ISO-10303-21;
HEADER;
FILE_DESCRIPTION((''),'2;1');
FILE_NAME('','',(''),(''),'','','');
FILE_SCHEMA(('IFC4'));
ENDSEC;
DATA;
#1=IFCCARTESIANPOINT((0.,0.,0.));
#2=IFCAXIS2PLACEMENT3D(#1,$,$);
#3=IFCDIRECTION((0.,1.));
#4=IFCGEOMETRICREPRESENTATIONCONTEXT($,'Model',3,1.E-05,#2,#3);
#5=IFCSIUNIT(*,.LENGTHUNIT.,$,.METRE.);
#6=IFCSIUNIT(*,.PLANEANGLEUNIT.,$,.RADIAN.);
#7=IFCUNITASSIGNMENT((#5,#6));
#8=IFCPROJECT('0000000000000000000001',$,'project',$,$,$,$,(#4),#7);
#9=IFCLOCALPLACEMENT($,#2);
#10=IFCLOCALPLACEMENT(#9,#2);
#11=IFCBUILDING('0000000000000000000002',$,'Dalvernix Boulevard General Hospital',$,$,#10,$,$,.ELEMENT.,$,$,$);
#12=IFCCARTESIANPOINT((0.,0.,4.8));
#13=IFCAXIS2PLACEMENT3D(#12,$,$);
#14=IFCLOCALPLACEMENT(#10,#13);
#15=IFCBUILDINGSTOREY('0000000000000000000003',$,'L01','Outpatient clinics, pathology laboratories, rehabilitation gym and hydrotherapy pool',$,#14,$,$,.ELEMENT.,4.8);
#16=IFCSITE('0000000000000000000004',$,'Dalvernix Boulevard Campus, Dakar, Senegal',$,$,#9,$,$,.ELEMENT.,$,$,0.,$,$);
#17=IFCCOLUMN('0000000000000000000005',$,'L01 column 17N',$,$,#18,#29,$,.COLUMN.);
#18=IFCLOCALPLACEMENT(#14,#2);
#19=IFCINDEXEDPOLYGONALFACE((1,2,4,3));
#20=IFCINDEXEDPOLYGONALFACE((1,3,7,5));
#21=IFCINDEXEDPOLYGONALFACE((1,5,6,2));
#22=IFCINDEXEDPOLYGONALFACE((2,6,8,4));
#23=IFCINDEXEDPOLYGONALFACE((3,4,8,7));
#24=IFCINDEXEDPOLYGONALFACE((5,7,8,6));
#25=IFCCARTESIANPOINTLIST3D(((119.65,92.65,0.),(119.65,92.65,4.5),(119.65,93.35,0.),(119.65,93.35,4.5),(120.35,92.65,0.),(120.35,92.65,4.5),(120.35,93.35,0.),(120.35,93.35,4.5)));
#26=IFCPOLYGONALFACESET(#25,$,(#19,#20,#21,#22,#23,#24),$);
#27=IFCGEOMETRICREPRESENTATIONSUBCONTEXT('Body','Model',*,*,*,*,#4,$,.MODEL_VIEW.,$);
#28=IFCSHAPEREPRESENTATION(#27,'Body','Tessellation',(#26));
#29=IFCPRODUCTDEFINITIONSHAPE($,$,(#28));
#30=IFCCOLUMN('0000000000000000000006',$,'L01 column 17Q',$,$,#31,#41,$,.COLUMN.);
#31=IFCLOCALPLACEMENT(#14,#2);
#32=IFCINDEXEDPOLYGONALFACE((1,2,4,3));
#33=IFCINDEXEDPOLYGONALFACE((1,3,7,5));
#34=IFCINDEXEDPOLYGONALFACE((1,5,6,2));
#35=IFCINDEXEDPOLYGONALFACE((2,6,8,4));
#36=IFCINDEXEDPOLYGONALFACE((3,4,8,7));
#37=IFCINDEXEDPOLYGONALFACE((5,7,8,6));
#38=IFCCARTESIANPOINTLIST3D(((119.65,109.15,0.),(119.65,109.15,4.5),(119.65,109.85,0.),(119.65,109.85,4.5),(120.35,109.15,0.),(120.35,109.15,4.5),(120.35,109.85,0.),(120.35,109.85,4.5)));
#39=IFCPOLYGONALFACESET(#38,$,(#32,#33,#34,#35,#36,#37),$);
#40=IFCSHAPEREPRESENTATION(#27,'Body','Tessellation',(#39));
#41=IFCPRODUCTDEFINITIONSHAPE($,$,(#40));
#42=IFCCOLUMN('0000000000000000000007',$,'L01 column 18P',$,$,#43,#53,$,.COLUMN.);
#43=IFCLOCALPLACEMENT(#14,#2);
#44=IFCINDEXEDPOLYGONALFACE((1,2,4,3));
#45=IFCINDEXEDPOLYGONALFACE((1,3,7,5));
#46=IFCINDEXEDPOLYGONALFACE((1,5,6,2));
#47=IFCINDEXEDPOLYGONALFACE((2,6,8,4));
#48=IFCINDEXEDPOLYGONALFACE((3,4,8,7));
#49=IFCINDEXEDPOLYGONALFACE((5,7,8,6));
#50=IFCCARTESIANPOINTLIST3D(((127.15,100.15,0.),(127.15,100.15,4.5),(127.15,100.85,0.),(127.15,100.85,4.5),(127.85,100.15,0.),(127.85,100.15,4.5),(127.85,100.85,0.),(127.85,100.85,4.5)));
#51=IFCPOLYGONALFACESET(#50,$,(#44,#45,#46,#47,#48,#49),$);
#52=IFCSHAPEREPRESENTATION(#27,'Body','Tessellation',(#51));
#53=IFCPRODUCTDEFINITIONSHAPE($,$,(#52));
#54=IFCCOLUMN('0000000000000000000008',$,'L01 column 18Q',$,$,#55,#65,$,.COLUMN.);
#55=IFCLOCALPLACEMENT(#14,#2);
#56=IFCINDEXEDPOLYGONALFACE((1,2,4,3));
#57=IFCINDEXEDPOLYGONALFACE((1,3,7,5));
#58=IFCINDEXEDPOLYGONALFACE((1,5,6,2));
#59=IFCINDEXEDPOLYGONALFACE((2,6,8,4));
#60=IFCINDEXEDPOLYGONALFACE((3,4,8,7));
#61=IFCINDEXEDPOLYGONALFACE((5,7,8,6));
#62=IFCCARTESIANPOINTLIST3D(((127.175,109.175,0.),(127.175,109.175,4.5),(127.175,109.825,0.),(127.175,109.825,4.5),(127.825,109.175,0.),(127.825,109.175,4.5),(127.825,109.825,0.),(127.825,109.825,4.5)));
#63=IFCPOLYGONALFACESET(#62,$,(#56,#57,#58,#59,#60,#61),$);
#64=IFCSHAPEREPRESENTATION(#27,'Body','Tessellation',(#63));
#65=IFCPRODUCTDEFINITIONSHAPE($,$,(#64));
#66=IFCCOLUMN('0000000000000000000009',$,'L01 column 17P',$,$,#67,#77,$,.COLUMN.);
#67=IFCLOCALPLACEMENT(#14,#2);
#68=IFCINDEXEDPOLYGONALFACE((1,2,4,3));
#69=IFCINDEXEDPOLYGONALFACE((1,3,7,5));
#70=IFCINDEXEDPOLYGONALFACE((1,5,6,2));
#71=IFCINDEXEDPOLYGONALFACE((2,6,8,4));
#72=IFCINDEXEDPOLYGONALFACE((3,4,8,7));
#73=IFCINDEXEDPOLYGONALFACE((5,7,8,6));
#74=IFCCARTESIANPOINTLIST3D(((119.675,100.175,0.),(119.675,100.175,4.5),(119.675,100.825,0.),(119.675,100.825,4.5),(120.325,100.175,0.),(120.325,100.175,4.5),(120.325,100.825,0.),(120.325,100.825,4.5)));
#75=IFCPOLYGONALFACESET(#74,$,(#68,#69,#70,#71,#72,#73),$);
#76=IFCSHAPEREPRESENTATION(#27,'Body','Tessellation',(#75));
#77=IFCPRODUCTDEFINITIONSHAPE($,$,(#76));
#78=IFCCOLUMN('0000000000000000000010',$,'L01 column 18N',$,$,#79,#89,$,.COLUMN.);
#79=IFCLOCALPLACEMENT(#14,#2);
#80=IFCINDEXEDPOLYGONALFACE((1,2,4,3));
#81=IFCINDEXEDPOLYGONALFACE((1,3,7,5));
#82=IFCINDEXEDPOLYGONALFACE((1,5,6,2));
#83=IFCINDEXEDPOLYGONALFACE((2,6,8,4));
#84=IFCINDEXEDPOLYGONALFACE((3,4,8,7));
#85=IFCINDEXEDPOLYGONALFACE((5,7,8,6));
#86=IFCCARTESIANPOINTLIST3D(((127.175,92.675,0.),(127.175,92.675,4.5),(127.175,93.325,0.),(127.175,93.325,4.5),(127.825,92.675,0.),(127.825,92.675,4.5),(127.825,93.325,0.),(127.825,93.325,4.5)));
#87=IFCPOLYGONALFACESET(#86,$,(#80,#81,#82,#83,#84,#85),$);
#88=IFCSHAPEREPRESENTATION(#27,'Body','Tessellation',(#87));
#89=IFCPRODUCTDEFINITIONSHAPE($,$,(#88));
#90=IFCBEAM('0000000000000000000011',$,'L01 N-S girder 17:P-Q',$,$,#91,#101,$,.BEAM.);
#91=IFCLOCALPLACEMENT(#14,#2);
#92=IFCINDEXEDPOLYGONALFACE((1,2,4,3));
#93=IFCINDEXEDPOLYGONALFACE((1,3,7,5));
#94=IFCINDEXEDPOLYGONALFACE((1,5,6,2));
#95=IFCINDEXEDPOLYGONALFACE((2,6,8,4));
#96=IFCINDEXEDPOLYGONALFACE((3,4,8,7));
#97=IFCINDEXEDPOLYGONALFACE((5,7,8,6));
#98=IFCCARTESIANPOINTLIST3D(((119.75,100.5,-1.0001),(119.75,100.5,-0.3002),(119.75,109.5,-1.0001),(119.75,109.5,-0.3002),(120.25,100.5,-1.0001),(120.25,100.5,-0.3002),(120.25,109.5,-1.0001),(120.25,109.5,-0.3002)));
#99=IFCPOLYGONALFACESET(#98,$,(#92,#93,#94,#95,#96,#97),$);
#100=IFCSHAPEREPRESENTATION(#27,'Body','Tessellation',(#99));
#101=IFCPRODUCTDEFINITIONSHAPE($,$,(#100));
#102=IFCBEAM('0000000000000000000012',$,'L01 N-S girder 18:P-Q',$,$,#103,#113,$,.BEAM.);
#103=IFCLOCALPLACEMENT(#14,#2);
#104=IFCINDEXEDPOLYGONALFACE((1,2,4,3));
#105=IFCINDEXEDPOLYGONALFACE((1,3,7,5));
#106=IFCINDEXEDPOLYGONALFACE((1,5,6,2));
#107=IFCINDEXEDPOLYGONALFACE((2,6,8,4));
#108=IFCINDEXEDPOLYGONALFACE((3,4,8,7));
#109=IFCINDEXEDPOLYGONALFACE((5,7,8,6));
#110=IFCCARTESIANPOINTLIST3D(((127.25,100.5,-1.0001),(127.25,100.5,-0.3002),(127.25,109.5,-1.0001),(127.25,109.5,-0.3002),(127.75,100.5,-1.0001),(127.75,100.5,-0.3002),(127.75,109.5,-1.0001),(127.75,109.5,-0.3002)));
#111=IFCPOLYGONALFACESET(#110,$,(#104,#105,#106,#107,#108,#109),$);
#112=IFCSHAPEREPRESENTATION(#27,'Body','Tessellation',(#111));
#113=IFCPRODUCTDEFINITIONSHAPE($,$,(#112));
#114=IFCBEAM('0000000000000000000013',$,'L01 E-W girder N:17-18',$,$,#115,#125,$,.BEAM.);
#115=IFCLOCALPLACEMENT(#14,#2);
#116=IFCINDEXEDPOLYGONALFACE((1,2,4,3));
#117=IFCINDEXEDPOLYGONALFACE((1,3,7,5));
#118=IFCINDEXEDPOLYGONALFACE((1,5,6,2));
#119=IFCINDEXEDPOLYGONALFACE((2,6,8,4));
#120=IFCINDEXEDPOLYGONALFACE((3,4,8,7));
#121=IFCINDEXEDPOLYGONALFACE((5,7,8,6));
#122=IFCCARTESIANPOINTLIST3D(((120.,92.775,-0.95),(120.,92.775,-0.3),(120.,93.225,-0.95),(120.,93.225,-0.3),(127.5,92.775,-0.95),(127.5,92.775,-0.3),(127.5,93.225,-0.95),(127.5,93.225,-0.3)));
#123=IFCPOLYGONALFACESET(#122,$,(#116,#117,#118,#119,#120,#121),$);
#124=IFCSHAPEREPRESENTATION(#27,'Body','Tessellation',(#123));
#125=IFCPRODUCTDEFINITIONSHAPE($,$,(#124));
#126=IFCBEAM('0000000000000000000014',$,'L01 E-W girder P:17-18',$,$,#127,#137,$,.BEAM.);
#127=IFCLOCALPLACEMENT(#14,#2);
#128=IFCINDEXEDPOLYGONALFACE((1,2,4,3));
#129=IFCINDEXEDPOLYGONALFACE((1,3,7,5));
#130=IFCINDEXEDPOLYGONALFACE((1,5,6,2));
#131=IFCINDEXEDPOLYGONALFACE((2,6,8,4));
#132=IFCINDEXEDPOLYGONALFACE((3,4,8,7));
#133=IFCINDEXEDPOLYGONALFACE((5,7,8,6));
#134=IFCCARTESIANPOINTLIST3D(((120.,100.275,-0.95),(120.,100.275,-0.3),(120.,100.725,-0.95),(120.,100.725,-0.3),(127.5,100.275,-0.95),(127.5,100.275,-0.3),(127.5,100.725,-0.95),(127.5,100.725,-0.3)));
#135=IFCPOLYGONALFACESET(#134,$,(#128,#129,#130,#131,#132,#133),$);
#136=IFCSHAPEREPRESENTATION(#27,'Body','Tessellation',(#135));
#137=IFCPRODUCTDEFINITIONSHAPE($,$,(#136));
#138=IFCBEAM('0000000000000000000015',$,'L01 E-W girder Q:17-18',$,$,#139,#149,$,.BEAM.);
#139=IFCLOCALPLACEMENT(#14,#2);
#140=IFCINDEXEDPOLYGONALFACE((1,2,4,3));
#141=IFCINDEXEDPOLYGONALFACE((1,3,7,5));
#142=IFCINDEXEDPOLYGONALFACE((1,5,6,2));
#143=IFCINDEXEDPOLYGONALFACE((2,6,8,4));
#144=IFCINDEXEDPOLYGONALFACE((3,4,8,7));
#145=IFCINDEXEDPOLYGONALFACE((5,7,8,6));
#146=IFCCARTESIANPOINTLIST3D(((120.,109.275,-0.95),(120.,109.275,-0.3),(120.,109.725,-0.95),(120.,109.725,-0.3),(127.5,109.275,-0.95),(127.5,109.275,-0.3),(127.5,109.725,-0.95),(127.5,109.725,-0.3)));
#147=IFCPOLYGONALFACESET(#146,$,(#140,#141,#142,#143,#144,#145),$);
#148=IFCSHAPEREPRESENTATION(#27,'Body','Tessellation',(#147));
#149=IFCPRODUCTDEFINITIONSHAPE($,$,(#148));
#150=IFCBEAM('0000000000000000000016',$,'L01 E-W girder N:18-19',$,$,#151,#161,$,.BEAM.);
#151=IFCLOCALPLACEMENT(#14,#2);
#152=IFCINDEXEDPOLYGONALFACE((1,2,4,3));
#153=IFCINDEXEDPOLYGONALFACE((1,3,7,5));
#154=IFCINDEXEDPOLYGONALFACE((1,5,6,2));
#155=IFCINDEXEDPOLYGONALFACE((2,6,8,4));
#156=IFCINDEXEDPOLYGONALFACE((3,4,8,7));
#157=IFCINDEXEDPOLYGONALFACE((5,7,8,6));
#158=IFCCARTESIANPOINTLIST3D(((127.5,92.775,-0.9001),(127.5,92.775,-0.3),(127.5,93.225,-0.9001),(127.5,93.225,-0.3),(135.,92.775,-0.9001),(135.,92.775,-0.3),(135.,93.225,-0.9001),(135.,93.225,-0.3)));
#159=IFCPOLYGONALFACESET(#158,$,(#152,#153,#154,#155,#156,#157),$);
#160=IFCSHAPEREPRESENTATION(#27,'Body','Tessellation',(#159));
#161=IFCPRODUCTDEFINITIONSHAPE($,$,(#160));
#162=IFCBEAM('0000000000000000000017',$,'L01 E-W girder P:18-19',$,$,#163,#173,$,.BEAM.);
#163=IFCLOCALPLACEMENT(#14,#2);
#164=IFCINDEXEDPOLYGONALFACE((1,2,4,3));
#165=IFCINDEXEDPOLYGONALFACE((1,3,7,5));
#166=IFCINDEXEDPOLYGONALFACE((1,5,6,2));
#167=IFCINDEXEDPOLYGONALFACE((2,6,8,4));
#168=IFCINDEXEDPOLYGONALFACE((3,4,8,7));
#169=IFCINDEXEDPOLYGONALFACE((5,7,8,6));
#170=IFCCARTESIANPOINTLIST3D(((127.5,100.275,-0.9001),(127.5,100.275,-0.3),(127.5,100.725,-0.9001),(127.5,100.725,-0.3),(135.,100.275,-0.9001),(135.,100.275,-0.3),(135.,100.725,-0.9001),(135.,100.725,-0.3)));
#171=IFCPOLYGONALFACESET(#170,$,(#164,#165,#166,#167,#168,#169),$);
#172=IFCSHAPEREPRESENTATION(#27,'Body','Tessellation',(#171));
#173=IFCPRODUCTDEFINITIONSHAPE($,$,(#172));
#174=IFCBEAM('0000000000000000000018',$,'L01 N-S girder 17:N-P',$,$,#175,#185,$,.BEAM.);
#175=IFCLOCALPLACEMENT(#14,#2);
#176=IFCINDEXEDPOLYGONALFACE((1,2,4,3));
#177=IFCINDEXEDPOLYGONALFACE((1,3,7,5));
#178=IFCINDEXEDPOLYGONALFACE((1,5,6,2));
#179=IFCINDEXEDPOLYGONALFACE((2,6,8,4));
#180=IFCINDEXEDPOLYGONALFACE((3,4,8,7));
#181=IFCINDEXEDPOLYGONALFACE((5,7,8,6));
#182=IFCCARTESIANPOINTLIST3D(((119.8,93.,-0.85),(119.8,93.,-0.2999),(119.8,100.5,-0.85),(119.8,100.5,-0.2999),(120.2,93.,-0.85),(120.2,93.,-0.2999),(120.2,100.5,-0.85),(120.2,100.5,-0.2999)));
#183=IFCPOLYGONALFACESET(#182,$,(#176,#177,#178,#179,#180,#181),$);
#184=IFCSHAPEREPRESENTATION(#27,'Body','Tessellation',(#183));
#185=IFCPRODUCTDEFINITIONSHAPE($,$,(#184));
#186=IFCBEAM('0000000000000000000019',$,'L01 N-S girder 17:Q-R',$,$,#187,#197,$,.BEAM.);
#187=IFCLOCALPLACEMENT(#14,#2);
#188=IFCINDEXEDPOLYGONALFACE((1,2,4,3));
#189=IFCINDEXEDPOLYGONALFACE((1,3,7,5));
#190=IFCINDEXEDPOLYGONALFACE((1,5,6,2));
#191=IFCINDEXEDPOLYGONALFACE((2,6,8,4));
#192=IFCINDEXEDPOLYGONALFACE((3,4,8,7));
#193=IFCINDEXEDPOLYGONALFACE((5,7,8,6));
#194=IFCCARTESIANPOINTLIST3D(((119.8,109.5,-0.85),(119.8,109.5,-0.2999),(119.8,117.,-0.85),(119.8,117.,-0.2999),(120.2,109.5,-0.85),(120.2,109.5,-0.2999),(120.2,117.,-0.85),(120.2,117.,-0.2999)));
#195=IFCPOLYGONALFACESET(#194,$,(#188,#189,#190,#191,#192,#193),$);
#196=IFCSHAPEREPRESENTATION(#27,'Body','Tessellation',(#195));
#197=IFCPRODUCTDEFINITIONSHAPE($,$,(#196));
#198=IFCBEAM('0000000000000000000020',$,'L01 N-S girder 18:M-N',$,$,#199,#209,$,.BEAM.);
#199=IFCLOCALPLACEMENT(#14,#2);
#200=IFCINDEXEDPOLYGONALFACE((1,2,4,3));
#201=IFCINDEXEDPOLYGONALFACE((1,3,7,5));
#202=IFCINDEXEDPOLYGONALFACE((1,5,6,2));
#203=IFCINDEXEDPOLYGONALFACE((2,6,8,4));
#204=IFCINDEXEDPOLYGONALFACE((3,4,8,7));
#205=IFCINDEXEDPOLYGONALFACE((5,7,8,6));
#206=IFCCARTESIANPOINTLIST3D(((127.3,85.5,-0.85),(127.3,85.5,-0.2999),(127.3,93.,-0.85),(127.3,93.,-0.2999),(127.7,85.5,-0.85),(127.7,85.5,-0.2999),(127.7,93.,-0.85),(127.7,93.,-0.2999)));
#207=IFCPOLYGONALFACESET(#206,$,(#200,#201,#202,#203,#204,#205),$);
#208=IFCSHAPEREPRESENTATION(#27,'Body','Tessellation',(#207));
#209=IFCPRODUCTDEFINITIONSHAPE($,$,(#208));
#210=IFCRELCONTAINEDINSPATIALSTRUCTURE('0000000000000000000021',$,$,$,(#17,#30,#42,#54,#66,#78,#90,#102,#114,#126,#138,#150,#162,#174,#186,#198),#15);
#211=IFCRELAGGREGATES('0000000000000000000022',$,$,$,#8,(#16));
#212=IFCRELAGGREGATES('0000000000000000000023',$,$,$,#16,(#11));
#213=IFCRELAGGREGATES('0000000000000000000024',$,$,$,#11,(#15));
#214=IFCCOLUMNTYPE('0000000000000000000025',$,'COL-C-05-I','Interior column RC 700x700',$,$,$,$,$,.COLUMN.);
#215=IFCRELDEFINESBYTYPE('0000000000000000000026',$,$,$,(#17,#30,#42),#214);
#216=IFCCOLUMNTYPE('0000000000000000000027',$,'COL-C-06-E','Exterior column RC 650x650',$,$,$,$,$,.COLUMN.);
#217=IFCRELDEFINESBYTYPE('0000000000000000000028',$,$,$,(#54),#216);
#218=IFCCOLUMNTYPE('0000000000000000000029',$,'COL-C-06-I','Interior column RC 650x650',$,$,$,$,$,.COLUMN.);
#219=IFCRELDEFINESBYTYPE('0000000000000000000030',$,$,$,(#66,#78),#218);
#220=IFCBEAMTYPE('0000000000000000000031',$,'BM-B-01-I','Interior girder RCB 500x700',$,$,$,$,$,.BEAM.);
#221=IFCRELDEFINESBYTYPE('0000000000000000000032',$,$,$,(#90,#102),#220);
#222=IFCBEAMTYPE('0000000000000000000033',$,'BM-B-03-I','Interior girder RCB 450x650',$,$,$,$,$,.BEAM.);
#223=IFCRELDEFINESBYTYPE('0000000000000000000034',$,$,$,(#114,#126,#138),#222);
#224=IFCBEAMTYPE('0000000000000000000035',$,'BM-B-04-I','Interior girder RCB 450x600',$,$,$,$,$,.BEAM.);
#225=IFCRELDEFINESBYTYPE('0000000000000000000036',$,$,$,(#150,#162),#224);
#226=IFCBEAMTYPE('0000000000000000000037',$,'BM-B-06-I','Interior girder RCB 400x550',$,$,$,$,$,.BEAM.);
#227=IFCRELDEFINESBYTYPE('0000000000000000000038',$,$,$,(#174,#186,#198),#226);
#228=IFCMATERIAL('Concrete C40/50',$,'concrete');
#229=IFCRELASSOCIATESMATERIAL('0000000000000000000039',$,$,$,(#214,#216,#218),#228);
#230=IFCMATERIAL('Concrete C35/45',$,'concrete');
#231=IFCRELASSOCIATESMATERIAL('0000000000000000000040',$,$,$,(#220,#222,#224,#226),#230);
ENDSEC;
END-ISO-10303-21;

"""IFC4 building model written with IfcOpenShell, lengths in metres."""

from ifc_helpers import new_model, si_unit, direction, frame, origin, origin_2d, place, context, subcontext, project, spatial, rectangle, extrude, material, material_profile, profile_set, type_object, element, save


model = new_model("IFC4")

# Units and contexts
model_context = context("Model", 3, precision=1e-05, world=origin(), true_north=direction((0.0, 1.0)))
body_context = subcontext(model_context, "Body", "Model", "MODEL_VIEW")
ifc_project = project(units=[si_unit("LENGTHUNIT", "METRE"), si_unit("PLANEANGLEUNIT", "RADIAN")], contexts=[model_context])

# Site, building, storey
site_placement = place(None, origin())
site = spatial("IfcSite", under=ifc_project, at=site_placement, Name="Dalvernix Boulevard Campus, Dakar, Senegal", CompositionType="ELEMENT", RefElevation=0.0)
building_placement = place(site_placement, origin())
building = spatial("IfcBuilding", under=site, at=building_placement, Name="Dalvernix Boulevard General Hospital", CompositionType="ELEMENT")
storey_placement = place(building_placement, frame((0.0, 0.0, 4.8)))
storey = spatial("IfcBuildingStorey", under=building, at=storey_placement, Name="L01", Description="Outpatient clinics, pathology laboratories, rehabilitation gym and hydrotherapy pool", CompositionType="ELEMENT", Elevation=4.8)

# Columns
ifc_material_1 = material(Name="Concrete C40/50", Category="concrete")
ifc_material_profile_1 = material_profile(ifc_material_1, rectangle(XDim=0.7, YDim=0.7, at=origin_2d()), Name="RC 700x700")
ifc_profile_set_1 = profile_set([ifc_material_profile_1], Name="Concrete C40/50")
column_type_1 = type_object("IfcColumnType", Name="COL-C-05-I", Description="Interior column RC 700x700", PredefinedType="COLUMN", material=ifc_profile_set_1)
for number, where, z_axis, x_axis, name in (
    (1, (120.0, 93.0, 0.0), (0.0, 0.0, 1.0), (1.0, 0.0, 0.0), "L01 column 17N"),
    (2, (120.0, 109.5, 0.0), (0.0, 0.0, 1.0), (1.0, 0.0, 0.0), "L01 column 17Q"),
    (3, (127.5, 100.5, 0.0), (0.0, 0.0, 1.0), (1.0, 0.0, 0.0), "L01 column 18P"),
):
    element("IfcColumn", number, at=place(storey_placement, frame(where, z_axis=z_axis, x_axis=x_axis)), inside=storey, type_object=column_type_1, Name=name, PredefinedType="COLUMN", context=body_context, shape_type="SweptSolid", body=[
        extrude(rectangle(XDim=0.7, YDim=0.7, at=origin_2d()), origin(), (0.0, 0.0, 1.0), 4.5),
    ])
ifc_material_profile_2 = material_profile(ifc_material_1, rectangle(XDim=0.6499, YDim=0.6499, at=origin_2d()), Name="RC 650x650")
ifc_profile_set_2 = profile_set([ifc_material_profile_2], Name="Concrete C40/50")
column_type_2 = type_object("IfcColumnType", Name="COL-C-06-E", Description="Exterior column RC 650x650", PredefinedType="COLUMN", material=ifc_profile_set_2)
column_placement = place(storey_placement, frame((127.5, 109.5, 0.0), z_axis=(0.0, 0.0, 1.0), x_axis=(1.0, 0.0, 0.0)))
element("IfcColumn", 4, at=column_placement, inside=storey, type_object=column_type_2, Name="L01 column 18Q", PredefinedType="COLUMN", context=body_context, shape_type="SweptSolid", body=[
    extrude(rectangle(XDim=0.6499, YDim=0.6499, at=origin_2d()), origin(), (0.0, 0.0, 1.0), 4.5),
])
ifc_material_profile_3 = material_profile(ifc_material_1, rectangle(XDim=0.6499, YDim=0.6499, at=origin_2d()), Name="RC 650x650")
ifc_profile_set_3 = profile_set([ifc_material_profile_3], Name="Concrete C40/50")
column_type_3 = type_object("IfcColumnType", Name="COL-C-06-I", Description="Interior column RC 650x650", PredefinedType="COLUMN", material=ifc_profile_set_3)
for number, where, z_axis, x_axis, name in (
    (5, (120.0, 100.5, 0.0), (0.0, 0.0, 1.0), (1.0, 0.0, 0.0), "L01 column 17P"),
    (6, (127.5, 93.0, 0.0), (0.0, 0.0, 1.0), (1.0, 0.0, 0.0), "L01 column 18N"),
):
    element("IfcColumn", number, at=place(storey_placement, frame(where, z_axis=z_axis, x_axis=x_axis)), inside=storey, type_object=column_type_3, Name=name, PredefinedType="COLUMN", context=body_context, shape_type="SweptSolid", body=[
        extrude(rectangle(XDim=0.6499, YDim=0.6499, at=origin_2d()), origin(), (0.0, 0.0, 1.0), 4.5),
    ])

# Beams
ifc_material_2 = material(Name="Concrete C35/45", Category="concrete")
ifc_material_profile_4 = material_profile(ifc_material_2, rectangle(XDim=0.5, YDim=0.7, at=origin_2d()), Name="RCB 500x700")
ifc_profile_set_4 = profile_set([ifc_material_profile_4], Name="Concrete C35/45")
beam_type_1 = type_object("IfcBeamType", Name="BM-B-01-I", Description="Interior girder RCB 500x700", PredefinedType="BEAM", material=ifc_profile_set_4)
for number, where, z_axis, x_axis, name in (
    (7, (120.0, 100.5, -0.6501), (0.0, 1.0, 0.0), (-1.0, 0.0, 0.0), "L01 N-S girder 17:P-Q"),
    (8, (127.5, 100.5, -0.6501), (0.0, 1.0, 0.0), (-1.0, 0.0, 0.0), "L01 N-S girder 18:P-Q"),
):
    element("IfcBeam", number, at=place(storey_placement, frame(where, z_axis=z_axis, x_axis=x_axis)), inside=storey, type_object=beam_type_1, Name=name, PredefinedType="BEAM", context=body_context, shape_type="SweptSolid", body=[
        extrude(rectangle(XDim=0.5, YDim=0.7, at=origin_2d()), origin(), (0.0, 0.0, 1.0), 9.0),
    ])
ifc_material_profile_5 = material_profile(ifc_material_2, rectangle(XDim=0.45, YDim=0.6499, at=origin_2d()), Name="RCB 450x650")
ifc_profile_set_5 = profile_set([ifc_material_profile_5], Name="Concrete C35/45")
beam_type_2 = type_object("IfcBeamType", Name="BM-B-03-I", Description="Interior girder RCB 450x650", PredefinedType="BEAM", material=ifc_profile_set_5)
for number, where, z_axis, x_axis, name in (
    (9, (120.0, 93.0, -0.625), (1.0, 0.0, 0.0), (0.0, 1.0, 0.0), "L01 E-W girder N:17-18"),
    (10, (120.0, 100.5, -0.625), (1.0, 0.0, 0.0), (0.0, 1.0, 0.0), "L01 E-W girder P:17-18"),
    (11, (120.0, 109.5, -0.625), (1.0, 0.0, 0.0), (0.0, 1.0, 0.0), "L01 E-W girder Q:17-18"),
):
    element("IfcBeam", number, at=place(storey_placement, frame(where, z_axis=z_axis, x_axis=x_axis)), inside=storey, type_object=beam_type_2, Name=name, PredefinedType="BEAM", context=body_context, shape_type="SweptSolid", body=[
        extrude(rectangle(XDim=0.45, YDim=0.6499, at=origin_2d()), origin(), (0.0, 0.0, 1.0), 7.5),
    ])
ifc_material_profile_6 = material_profile(ifc_material_2, rectangle(XDim=0.45, YDim=0.6001, at=origin_2d()), Name="RCB 450x600")
ifc_profile_set_6 = profile_set([ifc_material_profile_6], Name="Concrete C35/45")
beam_type_3 = type_object("IfcBeamType", Name="BM-B-04-I", Description="Interior girder RCB 450x600", PredefinedType="BEAM", material=ifc_profile_set_6)
for number, where, z_axis, x_axis, name in (
    (12, (127.5, 93.0, -0.6001), (1.0, 0.0, 0.0), (0.0, 1.0, 0.0), "L01 E-W girder N:18-19"),
    (13, (127.5, 100.5, -0.6001), (1.0, 0.0, 0.0), (0.0, 1.0, 0.0), "L01 E-W girder P:18-19"),
):
    element("IfcBeam", number, at=place(storey_placement, frame(where, z_axis=z_axis, x_axis=x_axis)), inside=storey, type_object=beam_type_3, Name=name, PredefinedType="BEAM", context=body_context, shape_type="SweptSolid", body=[
        extrude(rectangle(XDim=0.45, YDim=0.6001, at=origin_2d()), origin(), (0.0, 0.0, 1.0), 7.5),
    ])
ifc_material_profile_7 = material_profile(ifc_material_2, rectangle(XDim=0.3999, YDim=0.55, at=origin_2d()), Name="RCB 400x550")
ifc_profile_set_7 = profile_set([ifc_material_profile_7], Name="Concrete C35/45")
beam_type_4 = type_object("IfcBeamType", Name="BM-B-06-I", Description="Interior girder RCB 400x550", PredefinedType="BEAM", material=ifc_profile_set_7)
for number, where, z_axis, x_axis, name in (
    (14, (120.0, 93.0, -0.575), (0.0, 1.0, 0.0), (-1.0, 0.0, 0.0), "L01 N-S girder 17:N-P"),
    (15, (120.0, 109.5, -0.575), (0.0, 1.0, 0.0), (-1.0, 0.0, 0.0), "L01 N-S girder 17:Q-R"),
    (16, (127.5, 85.5, -0.575), (0.0, 1.0, 0.0), (-1.0, 0.0, 0.0), "L01 N-S girder 18:M-N"),
):
    element("IfcBeam", number, at=place(storey_placement, frame(where, z_axis=z_axis, x_axis=x_axis)), inside=storey, type_object=beam_type_4, Name=name, PredefinedType="BEAM", context=body_context, shape_type="SweptSolid", body=[
        extrude(rectangle(XDim=0.3999, YDim=0.55, at=origin_2d()), origin(), (0.0, 0.0, 1.0), 7.5),
    ])

save(model, "model.ifc")
